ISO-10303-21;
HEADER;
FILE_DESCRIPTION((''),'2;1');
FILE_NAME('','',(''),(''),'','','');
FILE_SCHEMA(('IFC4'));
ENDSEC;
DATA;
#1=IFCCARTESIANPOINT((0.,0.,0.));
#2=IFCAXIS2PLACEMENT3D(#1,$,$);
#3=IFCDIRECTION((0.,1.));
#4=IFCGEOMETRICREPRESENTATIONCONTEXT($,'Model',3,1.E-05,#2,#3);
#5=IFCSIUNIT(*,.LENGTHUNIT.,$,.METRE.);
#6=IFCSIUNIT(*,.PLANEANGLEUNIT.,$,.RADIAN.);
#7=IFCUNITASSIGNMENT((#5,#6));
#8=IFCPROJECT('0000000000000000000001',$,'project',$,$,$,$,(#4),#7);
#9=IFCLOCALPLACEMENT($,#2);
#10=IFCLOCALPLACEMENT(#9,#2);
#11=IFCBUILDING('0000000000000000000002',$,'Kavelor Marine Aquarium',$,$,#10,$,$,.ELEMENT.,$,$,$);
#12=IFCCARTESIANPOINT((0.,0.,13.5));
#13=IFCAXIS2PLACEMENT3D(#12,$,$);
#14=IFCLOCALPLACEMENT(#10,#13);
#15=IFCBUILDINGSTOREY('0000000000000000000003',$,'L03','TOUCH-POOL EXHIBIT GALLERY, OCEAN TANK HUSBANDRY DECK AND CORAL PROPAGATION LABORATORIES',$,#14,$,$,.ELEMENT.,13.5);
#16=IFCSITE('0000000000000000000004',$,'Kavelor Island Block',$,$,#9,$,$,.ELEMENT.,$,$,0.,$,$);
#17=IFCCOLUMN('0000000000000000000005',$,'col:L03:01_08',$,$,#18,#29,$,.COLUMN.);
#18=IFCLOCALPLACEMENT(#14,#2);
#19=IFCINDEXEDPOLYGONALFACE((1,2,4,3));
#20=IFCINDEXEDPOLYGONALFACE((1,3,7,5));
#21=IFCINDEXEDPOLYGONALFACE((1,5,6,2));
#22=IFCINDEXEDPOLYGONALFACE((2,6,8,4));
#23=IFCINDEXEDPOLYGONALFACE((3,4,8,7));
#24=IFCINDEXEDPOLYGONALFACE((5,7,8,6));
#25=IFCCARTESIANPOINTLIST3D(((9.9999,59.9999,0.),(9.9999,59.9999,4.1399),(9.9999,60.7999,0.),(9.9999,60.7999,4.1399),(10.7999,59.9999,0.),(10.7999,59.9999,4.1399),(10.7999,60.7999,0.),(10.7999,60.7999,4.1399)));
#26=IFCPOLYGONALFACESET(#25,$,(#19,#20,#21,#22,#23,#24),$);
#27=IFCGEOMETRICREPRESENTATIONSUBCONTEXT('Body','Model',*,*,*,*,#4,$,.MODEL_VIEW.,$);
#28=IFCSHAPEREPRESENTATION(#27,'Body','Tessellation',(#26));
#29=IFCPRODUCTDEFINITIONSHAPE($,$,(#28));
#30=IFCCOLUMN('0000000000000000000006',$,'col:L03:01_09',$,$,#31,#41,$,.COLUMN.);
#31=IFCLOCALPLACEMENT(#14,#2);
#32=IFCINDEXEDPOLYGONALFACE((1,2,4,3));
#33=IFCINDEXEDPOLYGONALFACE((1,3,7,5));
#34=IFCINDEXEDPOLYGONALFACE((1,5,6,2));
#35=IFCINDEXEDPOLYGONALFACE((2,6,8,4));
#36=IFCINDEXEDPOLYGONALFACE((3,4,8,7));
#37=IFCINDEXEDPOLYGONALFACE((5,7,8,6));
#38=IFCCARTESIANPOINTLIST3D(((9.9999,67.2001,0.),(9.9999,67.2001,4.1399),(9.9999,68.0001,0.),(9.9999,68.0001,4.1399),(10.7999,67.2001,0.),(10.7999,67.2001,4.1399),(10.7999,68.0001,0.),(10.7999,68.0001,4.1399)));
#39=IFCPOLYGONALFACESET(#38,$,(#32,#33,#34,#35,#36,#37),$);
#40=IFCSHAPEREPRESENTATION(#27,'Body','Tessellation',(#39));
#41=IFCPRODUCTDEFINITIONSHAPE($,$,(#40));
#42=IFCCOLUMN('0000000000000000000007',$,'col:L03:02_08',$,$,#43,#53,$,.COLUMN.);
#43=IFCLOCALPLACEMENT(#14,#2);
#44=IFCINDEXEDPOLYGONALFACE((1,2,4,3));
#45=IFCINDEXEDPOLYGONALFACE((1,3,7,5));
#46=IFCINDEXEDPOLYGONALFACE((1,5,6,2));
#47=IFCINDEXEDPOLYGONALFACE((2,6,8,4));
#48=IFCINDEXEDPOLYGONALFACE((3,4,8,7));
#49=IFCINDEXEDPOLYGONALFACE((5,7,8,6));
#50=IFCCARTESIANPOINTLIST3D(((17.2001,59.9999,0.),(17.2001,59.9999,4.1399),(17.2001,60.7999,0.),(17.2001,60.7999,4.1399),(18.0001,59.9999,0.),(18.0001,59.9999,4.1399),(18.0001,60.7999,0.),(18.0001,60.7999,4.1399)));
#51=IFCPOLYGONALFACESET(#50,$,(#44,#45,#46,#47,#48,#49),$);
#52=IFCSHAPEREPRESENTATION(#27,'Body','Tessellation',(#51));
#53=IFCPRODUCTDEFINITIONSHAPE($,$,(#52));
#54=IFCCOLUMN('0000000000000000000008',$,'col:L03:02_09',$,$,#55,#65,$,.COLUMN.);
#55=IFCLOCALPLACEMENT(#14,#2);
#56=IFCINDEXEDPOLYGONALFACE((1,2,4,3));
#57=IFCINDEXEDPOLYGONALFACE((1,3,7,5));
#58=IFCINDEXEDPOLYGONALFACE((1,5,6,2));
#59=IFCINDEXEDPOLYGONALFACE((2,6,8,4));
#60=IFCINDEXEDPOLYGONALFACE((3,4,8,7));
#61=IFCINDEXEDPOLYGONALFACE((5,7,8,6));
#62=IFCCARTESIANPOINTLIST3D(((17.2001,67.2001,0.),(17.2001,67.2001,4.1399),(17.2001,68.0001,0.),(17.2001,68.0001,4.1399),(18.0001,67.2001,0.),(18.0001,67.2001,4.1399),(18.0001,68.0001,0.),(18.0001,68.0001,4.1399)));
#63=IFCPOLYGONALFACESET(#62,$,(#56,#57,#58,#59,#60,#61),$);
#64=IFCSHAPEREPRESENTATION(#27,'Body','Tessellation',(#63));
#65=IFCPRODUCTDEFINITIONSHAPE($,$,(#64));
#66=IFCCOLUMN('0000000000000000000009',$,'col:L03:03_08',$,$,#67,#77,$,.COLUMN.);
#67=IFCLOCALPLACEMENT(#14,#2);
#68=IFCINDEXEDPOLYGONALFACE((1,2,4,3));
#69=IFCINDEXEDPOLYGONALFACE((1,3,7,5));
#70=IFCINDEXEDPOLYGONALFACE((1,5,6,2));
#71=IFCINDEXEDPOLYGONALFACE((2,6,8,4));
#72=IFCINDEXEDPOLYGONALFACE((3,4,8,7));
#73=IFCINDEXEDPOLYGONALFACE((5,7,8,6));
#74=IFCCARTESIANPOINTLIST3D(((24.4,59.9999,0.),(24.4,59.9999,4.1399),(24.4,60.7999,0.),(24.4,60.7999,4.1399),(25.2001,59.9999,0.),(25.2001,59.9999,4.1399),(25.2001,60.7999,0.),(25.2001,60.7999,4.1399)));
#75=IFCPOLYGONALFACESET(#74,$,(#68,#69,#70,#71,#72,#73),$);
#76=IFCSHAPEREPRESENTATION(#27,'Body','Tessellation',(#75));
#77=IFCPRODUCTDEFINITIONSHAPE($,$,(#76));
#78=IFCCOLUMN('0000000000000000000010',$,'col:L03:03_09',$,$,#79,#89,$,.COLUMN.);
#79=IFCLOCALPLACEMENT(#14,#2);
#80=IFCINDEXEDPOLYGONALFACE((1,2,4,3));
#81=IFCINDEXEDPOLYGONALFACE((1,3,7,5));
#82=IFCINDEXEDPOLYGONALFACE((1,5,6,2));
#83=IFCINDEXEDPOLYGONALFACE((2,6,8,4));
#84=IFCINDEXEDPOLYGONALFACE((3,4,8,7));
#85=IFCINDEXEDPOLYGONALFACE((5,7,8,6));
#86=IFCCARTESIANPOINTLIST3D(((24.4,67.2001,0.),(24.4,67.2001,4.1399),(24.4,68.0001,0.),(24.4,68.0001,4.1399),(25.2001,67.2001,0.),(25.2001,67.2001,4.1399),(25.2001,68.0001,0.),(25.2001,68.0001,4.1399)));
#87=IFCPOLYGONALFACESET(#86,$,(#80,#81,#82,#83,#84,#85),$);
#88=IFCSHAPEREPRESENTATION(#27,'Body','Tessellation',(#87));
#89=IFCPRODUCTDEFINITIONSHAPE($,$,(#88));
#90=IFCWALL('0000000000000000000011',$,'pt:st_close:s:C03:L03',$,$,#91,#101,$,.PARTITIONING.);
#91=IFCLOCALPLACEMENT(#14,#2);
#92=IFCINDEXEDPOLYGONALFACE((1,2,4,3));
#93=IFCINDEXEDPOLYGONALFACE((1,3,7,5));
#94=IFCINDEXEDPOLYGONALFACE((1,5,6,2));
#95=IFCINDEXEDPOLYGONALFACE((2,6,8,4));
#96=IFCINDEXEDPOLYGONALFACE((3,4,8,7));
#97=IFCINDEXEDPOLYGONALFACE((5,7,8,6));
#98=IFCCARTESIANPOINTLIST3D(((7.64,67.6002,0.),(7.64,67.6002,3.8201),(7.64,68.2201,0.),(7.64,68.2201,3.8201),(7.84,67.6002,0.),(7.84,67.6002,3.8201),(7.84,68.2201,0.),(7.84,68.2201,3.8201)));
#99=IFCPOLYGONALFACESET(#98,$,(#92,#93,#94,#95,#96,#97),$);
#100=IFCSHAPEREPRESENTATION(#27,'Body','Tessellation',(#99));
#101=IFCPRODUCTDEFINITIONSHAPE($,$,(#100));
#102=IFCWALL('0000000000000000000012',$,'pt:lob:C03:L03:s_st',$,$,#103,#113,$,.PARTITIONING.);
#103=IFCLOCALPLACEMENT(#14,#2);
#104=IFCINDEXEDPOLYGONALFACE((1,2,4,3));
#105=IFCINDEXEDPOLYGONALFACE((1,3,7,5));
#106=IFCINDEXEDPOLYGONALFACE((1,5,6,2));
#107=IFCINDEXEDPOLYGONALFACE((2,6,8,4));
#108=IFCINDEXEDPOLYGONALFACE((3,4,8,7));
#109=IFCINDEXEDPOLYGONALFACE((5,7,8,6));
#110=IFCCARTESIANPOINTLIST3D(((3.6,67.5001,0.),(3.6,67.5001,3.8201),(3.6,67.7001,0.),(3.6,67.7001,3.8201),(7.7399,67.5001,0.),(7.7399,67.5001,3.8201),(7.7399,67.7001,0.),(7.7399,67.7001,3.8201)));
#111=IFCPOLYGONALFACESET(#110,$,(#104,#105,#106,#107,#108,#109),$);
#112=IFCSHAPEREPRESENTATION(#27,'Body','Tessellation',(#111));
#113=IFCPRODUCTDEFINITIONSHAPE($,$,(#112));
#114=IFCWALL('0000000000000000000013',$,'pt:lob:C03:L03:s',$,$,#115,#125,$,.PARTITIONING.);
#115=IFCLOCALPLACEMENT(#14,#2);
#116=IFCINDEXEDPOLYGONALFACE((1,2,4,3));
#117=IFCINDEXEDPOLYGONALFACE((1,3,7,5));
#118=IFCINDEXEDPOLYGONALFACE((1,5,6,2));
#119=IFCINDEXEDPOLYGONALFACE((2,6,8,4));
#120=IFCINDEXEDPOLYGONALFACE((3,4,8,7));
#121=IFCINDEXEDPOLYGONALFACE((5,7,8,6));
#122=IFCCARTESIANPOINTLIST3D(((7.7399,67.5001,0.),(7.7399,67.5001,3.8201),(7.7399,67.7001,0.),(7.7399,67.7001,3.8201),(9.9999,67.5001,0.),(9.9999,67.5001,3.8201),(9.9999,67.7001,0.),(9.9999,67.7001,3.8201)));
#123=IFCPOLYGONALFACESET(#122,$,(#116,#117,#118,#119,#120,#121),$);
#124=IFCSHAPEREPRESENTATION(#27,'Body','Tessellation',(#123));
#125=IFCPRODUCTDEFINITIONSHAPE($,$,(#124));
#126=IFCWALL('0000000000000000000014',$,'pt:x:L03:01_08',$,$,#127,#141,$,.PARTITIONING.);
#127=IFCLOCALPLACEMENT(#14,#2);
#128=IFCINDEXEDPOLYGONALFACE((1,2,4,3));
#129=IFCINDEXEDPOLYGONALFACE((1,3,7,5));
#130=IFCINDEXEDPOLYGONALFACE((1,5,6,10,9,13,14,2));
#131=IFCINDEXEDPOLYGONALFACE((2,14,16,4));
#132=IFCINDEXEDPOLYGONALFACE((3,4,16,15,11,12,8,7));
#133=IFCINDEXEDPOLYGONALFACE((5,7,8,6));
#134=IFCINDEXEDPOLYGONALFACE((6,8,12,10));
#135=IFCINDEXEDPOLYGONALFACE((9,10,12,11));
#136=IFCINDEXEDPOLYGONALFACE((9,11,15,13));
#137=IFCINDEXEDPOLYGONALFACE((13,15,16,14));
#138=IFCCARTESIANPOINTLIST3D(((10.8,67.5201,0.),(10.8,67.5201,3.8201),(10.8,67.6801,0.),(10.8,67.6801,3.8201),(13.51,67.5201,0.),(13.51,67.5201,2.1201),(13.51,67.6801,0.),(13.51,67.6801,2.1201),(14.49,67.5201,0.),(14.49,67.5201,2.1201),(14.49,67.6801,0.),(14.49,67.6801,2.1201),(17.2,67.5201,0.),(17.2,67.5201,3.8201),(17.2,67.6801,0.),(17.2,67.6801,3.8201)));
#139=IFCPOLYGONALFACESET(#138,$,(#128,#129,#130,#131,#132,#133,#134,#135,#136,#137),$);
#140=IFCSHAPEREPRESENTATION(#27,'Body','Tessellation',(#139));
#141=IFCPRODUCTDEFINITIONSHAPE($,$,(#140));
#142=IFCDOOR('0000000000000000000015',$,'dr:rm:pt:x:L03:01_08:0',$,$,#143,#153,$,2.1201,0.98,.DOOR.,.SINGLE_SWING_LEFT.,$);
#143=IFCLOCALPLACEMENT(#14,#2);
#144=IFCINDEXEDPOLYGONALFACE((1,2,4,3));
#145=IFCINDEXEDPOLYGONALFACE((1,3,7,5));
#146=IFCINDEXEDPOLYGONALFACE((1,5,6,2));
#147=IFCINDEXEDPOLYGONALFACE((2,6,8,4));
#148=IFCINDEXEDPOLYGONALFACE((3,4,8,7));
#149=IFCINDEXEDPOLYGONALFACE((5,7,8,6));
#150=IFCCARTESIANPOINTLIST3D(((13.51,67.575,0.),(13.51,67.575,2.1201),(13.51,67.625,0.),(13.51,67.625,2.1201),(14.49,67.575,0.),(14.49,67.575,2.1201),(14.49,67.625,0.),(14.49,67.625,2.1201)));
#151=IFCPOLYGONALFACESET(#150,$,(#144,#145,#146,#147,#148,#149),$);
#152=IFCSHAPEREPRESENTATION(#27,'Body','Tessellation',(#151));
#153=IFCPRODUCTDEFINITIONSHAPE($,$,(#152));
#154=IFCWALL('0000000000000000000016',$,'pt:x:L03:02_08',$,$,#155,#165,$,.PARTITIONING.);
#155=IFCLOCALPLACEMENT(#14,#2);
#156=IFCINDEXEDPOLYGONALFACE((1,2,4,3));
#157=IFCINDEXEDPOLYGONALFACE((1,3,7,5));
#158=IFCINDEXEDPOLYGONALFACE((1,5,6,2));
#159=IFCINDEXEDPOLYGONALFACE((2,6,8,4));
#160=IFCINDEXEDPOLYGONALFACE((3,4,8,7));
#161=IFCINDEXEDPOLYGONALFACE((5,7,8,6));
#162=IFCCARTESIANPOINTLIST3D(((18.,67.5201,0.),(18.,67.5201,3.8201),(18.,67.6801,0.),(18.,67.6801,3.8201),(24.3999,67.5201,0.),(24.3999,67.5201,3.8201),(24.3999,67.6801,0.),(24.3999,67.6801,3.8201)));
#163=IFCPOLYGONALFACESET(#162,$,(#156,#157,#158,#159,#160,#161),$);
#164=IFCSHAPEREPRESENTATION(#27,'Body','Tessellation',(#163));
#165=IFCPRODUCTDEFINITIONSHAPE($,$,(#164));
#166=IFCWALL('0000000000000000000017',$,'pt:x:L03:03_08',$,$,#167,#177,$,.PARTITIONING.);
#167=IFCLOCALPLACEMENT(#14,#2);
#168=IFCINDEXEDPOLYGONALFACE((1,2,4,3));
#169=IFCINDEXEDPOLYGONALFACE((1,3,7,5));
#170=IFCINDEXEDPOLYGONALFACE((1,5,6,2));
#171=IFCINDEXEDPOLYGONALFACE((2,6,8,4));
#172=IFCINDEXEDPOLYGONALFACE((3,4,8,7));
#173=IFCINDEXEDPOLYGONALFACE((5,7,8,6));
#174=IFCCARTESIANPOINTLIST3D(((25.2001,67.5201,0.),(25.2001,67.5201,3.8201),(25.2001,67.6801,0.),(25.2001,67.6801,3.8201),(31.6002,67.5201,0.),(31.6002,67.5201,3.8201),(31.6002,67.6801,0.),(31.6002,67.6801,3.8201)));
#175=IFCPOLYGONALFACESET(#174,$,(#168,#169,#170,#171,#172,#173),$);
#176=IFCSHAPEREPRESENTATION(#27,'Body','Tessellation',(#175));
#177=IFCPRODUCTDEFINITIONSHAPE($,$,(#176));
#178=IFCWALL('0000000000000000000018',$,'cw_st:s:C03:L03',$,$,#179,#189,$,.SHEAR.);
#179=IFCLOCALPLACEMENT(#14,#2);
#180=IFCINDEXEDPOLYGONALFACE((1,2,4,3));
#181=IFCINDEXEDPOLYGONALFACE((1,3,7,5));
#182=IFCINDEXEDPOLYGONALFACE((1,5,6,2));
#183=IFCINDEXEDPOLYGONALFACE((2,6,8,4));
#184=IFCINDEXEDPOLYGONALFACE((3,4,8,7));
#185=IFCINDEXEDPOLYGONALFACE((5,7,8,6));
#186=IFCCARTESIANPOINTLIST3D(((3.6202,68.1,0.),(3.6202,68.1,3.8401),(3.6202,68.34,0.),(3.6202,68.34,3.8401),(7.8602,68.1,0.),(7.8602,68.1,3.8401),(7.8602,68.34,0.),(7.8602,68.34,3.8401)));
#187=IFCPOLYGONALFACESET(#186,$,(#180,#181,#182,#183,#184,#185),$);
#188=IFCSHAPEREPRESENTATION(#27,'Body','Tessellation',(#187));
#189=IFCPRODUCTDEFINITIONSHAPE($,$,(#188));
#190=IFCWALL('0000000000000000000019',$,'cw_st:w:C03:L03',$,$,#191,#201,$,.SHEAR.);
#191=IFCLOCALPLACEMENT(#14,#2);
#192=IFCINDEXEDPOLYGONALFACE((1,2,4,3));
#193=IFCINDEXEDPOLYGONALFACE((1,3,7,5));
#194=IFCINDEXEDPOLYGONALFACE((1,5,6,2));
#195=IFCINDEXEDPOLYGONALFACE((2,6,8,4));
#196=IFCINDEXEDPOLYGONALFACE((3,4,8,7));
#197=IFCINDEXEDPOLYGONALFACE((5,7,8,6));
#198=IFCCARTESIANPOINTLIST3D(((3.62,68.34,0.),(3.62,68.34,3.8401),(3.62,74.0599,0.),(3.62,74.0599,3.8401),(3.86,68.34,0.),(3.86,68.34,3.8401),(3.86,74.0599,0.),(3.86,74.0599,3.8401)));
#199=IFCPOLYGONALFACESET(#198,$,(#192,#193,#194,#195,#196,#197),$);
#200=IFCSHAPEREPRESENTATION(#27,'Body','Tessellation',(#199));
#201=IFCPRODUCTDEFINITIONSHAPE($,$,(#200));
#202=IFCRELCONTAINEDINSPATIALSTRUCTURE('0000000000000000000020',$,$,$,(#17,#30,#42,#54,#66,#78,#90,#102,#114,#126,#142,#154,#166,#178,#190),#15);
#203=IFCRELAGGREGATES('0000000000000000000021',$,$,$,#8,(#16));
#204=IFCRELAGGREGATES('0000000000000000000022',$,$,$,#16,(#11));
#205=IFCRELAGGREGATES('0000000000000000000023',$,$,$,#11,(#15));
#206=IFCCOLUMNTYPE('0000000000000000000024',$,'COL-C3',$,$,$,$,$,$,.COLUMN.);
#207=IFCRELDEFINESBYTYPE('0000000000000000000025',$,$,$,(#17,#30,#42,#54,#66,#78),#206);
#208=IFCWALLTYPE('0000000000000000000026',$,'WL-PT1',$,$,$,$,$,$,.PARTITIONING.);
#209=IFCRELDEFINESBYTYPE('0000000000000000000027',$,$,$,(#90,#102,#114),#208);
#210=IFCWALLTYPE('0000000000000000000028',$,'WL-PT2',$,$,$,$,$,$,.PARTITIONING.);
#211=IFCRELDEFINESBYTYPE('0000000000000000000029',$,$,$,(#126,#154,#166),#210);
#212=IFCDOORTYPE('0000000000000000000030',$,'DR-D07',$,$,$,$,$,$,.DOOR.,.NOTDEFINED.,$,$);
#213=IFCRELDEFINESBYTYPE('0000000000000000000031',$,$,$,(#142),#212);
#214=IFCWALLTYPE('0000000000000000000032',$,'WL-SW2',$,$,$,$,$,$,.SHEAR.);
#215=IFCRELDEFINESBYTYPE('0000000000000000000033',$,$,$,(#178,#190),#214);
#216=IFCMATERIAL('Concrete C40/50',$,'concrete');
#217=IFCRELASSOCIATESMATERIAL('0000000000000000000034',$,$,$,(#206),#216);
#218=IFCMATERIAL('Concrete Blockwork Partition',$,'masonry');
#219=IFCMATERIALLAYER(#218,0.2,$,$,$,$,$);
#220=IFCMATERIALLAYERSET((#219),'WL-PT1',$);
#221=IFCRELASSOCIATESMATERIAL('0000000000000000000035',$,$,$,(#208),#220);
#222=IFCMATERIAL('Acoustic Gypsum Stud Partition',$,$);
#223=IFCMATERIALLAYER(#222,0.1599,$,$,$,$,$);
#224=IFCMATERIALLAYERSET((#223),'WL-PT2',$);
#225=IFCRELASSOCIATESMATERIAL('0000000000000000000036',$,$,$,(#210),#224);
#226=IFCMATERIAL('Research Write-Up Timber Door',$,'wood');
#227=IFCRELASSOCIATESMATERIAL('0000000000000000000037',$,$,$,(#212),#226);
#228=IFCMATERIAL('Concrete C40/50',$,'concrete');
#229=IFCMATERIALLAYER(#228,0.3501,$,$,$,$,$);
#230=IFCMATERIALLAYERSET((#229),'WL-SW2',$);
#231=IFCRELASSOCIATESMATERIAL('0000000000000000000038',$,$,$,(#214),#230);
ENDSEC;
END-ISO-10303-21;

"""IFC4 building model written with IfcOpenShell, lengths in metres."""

from ifc_helpers import new_model, si_unit, direction, frame, frame_2d, origin, origin_2d, place, context, subcontext, project, spatial, rectangle, extrude, material, layer, layer_set, material_profile, profile_set, type_object, element, fill, save


model = new_model("IFC4")

# Units and contexts
model_context = context("Model", 3, precision=1e-05, world=origin(), true_north=direction((0.0, 1.0)))
body_context = subcontext(model_context, "Body", "Model", "MODEL_VIEW")
ifc_project = project(units=[si_unit("LENGTHUNIT", "METRE"), si_unit("PLANEANGLEUNIT", "RADIAN")], contexts=[model_context])

# Site, building, storey
site_placement = place(None, origin())
site = spatial("IfcSite", under=ifc_project, at=site_placement, Name="Kavelor Island Block", CompositionType="ELEMENT", RefElevation=0.0)
building_placement = place(site_placement, origin())
building = spatial("IfcBuilding", under=site, at=building_placement, Name="Kavelor Marine Aquarium", CompositionType="ELEMENT")
storey_placement = place(building_placement, frame((0.0, 0.0, 13.5)))
storey = spatial("IfcBuildingStorey", under=building, at=storey_placement, Name="L03", Description="TOUCH-POOL EXHIBIT GALLERY, OCEAN TANK HUSBANDRY DECK AND CORAL PROPAGATION LABORATORIES", CompositionType="ELEMENT", Elevation=13.5)

# Columns
ifc_material_1 = material(Name="Concrete C40/50", Category="concrete")
ifc_material_profile = material_profile(ifc_material_1, rectangle(XDim=0.8, YDim=0.8, at=origin_2d()), Name="RC-COL 800x800")
ifc_profile_set = profile_set([ifc_material_profile], Name="Concrete C40/50")
column_type = type_object("IfcColumnType", Name="COL-C3", PredefinedType="COLUMN", material=ifc_profile_set)
for number, where, z_axis, x_axis, name in (
    (1, (10.3999, 60.3999, 0.0), (0.0, 0.0, 1.0), (1.0, 0.0, 0.0), "col:L03:01_08"),
    (2, (10.3999, 67.6001, 0.0), (0.0, 0.0, 1.0), (1.0, 0.0, 0.0), "col:L03:01_09"),
    (3, (17.6001, 60.3999, 0.0), (0.0, 0.0, 1.0), (1.0, 0.0, 0.0), "col:L03:02_08"),
    (4, (17.6001, 67.6001, 0.0), (0.0, 0.0, 1.0), (1.0, 0.0, 0.0), "col:L03:02_09"),
    (5, (24.8, 60.3999, 0.0), (0.0, 0.0, 1.0), (1.0, 0.0, 0.0), "col:L03:03_08"),
    (6, (24.8, 67.6001, 0.0), (0.0, 0.0, 1.0), (1.0, 0.0, 0.0), "col:L03:03_09"),
):
    element("IfcColumn", number, at=place(storey_placement, frame(where, z_axis=z_axis, x_axis=x_axis)), inside=storey, type_object=column_type, Name=name, PredefinedType="COLUMN", context=body_context, shape_type="SweptSolid", body=[
        extrude(rectangle(XDim=0.8, YDim=0.8, at=origin_2d()), origin(), (0.0, 0.0, 1.0), 4.1399),
    ])

# Wall
ifc_material_2 = material(Name="Concrete Blockwork Partition", Category="masonry")
ifc_layer_1 = layer(ifc_material_2, 0.2)
ifc_layer_set_1 = layer_set([ifc_layer_1], Name="WL-PT1")
wall_type_1 = type_object("IfcWallType", Name="WL-PT1", PredefinedType="PARTITIONING", material=ifc_layer_set_1)
wall_1_placement = place(storey_placement, frame((7.74, 67.6001, 0.0), z_axis=(0.0, 0.0, 1.0), x_axis=(0.0, 1.0, 0.0)))
element("IfcWall", 7, at=wall_1_placement, inside=storey, type_object=wall_type_1, Name="pt:st_close:s:C03:L03", PredefinedType="PARTITIONING", context=body_context, shape_type="SweptSolid", body=[
    extrude(rectangle(XDim=0.6199, YDim=0.2, at=frame_2d((0.3101, 0.0))), origin(), (0.0, 0.0, 1.0), 3.8201),
])

# Walls
wall_2_placement = place(storey_placement, frame((3.6001, 67.6001, 0.0), z_axis=(0.0, 0.0, 1.0), x_axis=(1.0, 0.0, 0.0)))
element("IfcWall", 8, at=wall_2_placement, inside=storey, type_object=wall_type_1, Name="pt:lob:C03:L03:s_st", PredefinedType="PARTITIONING", context=body_context, shape_type="SweptSolid", body=[
    extrude(rectangle(XDim=4.1399, YDim=0.2, at=frame_2d((2.0698, 0.0))), origin(), (0.0, 0.0, 1.0), 3.8201),
])
wall_3_placement = place(storey_placement, frame((7.74, 67.6001, 0.0), z_axis=(0.0, 0.0, 1.0), x_axis=(1.0, 0.0, 0.0)))
element("IfcWall", 9, at=wall_3_placement, inside=storey, type_object=wall_type_1, Name="pt:lob:C03:L03:s", PredefinedType="PARTITIONING", context=body_context, shape_type="SweptSolid", body=[
    extrude(rectangle(XDim=2.26, YDim=0.2, at=frame_2d((1.1299, 0.0))), origin(), (0.0, 0.0, 1.0), 3.8201),
])

# Wall, opening, door
ifc_material_3 = material(Name="Acoustic Gypsum Stud Partition")
ifc_layer_2 = layer(ifc_material_3, 0.1599)
ifc_layer_set_2 = layer_set([ifc_layer_2], Name="WL-PT2")
wall_type_2 = type_object("IfcWallType", Name="WL-PT2", PredefinedType="PARTITIONING", material=ifc_layer_set_2)
wall_4_placement = place(storey_placement, frame((10.8, 67.6001, 0.0), z_axis=(0.0, 0.0, 1.0), x_axis=(1.0, 0.0, 0.0)))
wall_4 = element("IfcWall", 10, at=wall_4_placement, inside=storey, type_object=wall_type_2, Name="pt:x:L03:01_08", PredefinedType="PARTITIONING", context=body_context, shape_type="SweptSolid", body=[
    extrude(rectangle(XDim=6.3999, YDim=0.1599, at=frame_2d((3.2, 0.0))), origin(), (0.0, 0.0, 1.0), 3.8201),
])
opening_1_placement = place(wall_4_placement, frame((2.71, 0.0, 0.0)))
opening_1 = element("IfcOpeningElement", 11, at=opening_1_placement, cuts=wall_4, PredefinedType="OPENING", context=body_context, shape_type="SweptSolid", body=[
    extrude(rectangle(XDim=0.98, YDim=2.1201, at=frame_2d((0.49, 1.0601))), frame((0.0, 0.0898, 0.0), z_axis=(0.0, -1.0, 0.0), x_axis=(1.0, 0.0, 0.0)), (0.0, 0.0, 1.0), 0.1799),
])
ifc_material_4 = material(Name="Research Write-Up Timber Door", Category="wood")
door_type_1 = type_object("IfcDoorType", Name="DR-D07", OperationType="NOTDEFINED", PredefinedType="DOOR", material=ifc_material_4)
door_1_placement = place(opening_1_placement, origin())
door_1 = element("IfcDoor", 12, at=door_1_placement, inside=storey, type_object=door_type_1, Name="dr:rm:pt:x:L03:01_08:0", OperationType="SINGLE_SWING_LEFT", OverallHeight=2.1201, OverallWidth=0.98, PredefinedType="DOOR", context=body_context, shape_type="SweptSolid", body=[
    extrude(rectangle(XDim=0.98, YDim=2.1201, at=frame_2d((0.49, 1.0601))), frame((0.0, 0.0249, 0.0), z_axis=(0.0, -1.0, 0.0), x_axis=(1.0, 0.0, 0.0)), (0.0, 0.0, 1.0), 0.05),
])
fill(opening_1, door_1)

# Walls
wall_5_placement = place(storey_placement, frame((18.0, 67.6001, 0.0), z_axis=(0.0, 0.0, 1.0), x_axis=(1.0, 0.0, 0.0)))
element("IfcWall", 13, at=wall_5_placement, inside=storey, type_object=wall_type_2, Name="pt:x:L03:02_08", PredefinedType="PARTITIONING", context=body_context, shape_type="SweptSolid", body=[
    extrude(rectangle(XDim=6.3999, YDim=0.1599, at=frame_2d((3.2, 0.0))), origin(), (0.0, 0.0, 1.0), 3.8201),
])
wall_6_placement = place(storey_placement, frame((25.2, 67.6001, 0.0), z_axis=(0.0, 0.0, 1.0), x_axis=(1.0, 0.0, 0.0)))
element("IfcWall", 14, at=wall_6_placement, inside=storey, type_object=wall_type_2, Name="pt:x:L03:03_08", PredefinedType="PARTITIONING", context=body_context, shape_type="SweptSolid", body=[
    extrude(rectangle(XDim=6.4001, YDim=0.1599, at=frame_2d((3.2002, 0.0))), origin(), (0.0, 0.0, 1.0), 3.8201),
])
ifc_material_5 = material(Name="Concrete C40/50", Category="concrete")
ifc_layer_3 = layer(ifc_material_5, 0.3501)
ifc_layer_set_3 = layer_set([ifc_layer_3], Name="WL-SW2")
wall_type_3 = type_object("IfcWallType", Name="WL-SW2", PredefinedType="SHEAR", material=ifc_layer_set_3)
wall_7_placement = place(storey_placement, frame((3.6201, 68.22, 0.0), z_axis=(0.0, 0.0, 1.0), x_axis=(1.0, 0.0, 0.0)))
element("IfcWall", 15, at=wall_7_placement, inside=storey, type_object=wall_type_3, Name="cw_st:s:C03:L03", PredefinedType="SHEAR", context=body_context, shape_type="SweptSolid", body=[
    extrude(rectangle(XDim=4.24, YDim=0.24, at=frame_2d((2.1201, 0.0))), origin(), (0.0, 0.0, 1.0), 3.8401),
])
wall_8_placement = place(storey_placement, frame((3.74, 68.3401, 0.0), z_axis=(0.0, 0.0, 1.0), x_axis=(0.0, 1.0, 0.0)))
element("IfcWall", 16, at=wall_8_placement, inside=storey, type_object=wall_type_3, Name="cw_st:w:C03:L03", PredefinedType="SHEAR", context=body_context, shape_type="SweptSolid", body=[
    extrude(rectangle(XDim=5.72, YDim=0.24, at=frame_2d((2.8599, 0.0))), origin(), (0.0, 0.0, 1.0), 3.8401),
])

save(model, "model.ifc")
